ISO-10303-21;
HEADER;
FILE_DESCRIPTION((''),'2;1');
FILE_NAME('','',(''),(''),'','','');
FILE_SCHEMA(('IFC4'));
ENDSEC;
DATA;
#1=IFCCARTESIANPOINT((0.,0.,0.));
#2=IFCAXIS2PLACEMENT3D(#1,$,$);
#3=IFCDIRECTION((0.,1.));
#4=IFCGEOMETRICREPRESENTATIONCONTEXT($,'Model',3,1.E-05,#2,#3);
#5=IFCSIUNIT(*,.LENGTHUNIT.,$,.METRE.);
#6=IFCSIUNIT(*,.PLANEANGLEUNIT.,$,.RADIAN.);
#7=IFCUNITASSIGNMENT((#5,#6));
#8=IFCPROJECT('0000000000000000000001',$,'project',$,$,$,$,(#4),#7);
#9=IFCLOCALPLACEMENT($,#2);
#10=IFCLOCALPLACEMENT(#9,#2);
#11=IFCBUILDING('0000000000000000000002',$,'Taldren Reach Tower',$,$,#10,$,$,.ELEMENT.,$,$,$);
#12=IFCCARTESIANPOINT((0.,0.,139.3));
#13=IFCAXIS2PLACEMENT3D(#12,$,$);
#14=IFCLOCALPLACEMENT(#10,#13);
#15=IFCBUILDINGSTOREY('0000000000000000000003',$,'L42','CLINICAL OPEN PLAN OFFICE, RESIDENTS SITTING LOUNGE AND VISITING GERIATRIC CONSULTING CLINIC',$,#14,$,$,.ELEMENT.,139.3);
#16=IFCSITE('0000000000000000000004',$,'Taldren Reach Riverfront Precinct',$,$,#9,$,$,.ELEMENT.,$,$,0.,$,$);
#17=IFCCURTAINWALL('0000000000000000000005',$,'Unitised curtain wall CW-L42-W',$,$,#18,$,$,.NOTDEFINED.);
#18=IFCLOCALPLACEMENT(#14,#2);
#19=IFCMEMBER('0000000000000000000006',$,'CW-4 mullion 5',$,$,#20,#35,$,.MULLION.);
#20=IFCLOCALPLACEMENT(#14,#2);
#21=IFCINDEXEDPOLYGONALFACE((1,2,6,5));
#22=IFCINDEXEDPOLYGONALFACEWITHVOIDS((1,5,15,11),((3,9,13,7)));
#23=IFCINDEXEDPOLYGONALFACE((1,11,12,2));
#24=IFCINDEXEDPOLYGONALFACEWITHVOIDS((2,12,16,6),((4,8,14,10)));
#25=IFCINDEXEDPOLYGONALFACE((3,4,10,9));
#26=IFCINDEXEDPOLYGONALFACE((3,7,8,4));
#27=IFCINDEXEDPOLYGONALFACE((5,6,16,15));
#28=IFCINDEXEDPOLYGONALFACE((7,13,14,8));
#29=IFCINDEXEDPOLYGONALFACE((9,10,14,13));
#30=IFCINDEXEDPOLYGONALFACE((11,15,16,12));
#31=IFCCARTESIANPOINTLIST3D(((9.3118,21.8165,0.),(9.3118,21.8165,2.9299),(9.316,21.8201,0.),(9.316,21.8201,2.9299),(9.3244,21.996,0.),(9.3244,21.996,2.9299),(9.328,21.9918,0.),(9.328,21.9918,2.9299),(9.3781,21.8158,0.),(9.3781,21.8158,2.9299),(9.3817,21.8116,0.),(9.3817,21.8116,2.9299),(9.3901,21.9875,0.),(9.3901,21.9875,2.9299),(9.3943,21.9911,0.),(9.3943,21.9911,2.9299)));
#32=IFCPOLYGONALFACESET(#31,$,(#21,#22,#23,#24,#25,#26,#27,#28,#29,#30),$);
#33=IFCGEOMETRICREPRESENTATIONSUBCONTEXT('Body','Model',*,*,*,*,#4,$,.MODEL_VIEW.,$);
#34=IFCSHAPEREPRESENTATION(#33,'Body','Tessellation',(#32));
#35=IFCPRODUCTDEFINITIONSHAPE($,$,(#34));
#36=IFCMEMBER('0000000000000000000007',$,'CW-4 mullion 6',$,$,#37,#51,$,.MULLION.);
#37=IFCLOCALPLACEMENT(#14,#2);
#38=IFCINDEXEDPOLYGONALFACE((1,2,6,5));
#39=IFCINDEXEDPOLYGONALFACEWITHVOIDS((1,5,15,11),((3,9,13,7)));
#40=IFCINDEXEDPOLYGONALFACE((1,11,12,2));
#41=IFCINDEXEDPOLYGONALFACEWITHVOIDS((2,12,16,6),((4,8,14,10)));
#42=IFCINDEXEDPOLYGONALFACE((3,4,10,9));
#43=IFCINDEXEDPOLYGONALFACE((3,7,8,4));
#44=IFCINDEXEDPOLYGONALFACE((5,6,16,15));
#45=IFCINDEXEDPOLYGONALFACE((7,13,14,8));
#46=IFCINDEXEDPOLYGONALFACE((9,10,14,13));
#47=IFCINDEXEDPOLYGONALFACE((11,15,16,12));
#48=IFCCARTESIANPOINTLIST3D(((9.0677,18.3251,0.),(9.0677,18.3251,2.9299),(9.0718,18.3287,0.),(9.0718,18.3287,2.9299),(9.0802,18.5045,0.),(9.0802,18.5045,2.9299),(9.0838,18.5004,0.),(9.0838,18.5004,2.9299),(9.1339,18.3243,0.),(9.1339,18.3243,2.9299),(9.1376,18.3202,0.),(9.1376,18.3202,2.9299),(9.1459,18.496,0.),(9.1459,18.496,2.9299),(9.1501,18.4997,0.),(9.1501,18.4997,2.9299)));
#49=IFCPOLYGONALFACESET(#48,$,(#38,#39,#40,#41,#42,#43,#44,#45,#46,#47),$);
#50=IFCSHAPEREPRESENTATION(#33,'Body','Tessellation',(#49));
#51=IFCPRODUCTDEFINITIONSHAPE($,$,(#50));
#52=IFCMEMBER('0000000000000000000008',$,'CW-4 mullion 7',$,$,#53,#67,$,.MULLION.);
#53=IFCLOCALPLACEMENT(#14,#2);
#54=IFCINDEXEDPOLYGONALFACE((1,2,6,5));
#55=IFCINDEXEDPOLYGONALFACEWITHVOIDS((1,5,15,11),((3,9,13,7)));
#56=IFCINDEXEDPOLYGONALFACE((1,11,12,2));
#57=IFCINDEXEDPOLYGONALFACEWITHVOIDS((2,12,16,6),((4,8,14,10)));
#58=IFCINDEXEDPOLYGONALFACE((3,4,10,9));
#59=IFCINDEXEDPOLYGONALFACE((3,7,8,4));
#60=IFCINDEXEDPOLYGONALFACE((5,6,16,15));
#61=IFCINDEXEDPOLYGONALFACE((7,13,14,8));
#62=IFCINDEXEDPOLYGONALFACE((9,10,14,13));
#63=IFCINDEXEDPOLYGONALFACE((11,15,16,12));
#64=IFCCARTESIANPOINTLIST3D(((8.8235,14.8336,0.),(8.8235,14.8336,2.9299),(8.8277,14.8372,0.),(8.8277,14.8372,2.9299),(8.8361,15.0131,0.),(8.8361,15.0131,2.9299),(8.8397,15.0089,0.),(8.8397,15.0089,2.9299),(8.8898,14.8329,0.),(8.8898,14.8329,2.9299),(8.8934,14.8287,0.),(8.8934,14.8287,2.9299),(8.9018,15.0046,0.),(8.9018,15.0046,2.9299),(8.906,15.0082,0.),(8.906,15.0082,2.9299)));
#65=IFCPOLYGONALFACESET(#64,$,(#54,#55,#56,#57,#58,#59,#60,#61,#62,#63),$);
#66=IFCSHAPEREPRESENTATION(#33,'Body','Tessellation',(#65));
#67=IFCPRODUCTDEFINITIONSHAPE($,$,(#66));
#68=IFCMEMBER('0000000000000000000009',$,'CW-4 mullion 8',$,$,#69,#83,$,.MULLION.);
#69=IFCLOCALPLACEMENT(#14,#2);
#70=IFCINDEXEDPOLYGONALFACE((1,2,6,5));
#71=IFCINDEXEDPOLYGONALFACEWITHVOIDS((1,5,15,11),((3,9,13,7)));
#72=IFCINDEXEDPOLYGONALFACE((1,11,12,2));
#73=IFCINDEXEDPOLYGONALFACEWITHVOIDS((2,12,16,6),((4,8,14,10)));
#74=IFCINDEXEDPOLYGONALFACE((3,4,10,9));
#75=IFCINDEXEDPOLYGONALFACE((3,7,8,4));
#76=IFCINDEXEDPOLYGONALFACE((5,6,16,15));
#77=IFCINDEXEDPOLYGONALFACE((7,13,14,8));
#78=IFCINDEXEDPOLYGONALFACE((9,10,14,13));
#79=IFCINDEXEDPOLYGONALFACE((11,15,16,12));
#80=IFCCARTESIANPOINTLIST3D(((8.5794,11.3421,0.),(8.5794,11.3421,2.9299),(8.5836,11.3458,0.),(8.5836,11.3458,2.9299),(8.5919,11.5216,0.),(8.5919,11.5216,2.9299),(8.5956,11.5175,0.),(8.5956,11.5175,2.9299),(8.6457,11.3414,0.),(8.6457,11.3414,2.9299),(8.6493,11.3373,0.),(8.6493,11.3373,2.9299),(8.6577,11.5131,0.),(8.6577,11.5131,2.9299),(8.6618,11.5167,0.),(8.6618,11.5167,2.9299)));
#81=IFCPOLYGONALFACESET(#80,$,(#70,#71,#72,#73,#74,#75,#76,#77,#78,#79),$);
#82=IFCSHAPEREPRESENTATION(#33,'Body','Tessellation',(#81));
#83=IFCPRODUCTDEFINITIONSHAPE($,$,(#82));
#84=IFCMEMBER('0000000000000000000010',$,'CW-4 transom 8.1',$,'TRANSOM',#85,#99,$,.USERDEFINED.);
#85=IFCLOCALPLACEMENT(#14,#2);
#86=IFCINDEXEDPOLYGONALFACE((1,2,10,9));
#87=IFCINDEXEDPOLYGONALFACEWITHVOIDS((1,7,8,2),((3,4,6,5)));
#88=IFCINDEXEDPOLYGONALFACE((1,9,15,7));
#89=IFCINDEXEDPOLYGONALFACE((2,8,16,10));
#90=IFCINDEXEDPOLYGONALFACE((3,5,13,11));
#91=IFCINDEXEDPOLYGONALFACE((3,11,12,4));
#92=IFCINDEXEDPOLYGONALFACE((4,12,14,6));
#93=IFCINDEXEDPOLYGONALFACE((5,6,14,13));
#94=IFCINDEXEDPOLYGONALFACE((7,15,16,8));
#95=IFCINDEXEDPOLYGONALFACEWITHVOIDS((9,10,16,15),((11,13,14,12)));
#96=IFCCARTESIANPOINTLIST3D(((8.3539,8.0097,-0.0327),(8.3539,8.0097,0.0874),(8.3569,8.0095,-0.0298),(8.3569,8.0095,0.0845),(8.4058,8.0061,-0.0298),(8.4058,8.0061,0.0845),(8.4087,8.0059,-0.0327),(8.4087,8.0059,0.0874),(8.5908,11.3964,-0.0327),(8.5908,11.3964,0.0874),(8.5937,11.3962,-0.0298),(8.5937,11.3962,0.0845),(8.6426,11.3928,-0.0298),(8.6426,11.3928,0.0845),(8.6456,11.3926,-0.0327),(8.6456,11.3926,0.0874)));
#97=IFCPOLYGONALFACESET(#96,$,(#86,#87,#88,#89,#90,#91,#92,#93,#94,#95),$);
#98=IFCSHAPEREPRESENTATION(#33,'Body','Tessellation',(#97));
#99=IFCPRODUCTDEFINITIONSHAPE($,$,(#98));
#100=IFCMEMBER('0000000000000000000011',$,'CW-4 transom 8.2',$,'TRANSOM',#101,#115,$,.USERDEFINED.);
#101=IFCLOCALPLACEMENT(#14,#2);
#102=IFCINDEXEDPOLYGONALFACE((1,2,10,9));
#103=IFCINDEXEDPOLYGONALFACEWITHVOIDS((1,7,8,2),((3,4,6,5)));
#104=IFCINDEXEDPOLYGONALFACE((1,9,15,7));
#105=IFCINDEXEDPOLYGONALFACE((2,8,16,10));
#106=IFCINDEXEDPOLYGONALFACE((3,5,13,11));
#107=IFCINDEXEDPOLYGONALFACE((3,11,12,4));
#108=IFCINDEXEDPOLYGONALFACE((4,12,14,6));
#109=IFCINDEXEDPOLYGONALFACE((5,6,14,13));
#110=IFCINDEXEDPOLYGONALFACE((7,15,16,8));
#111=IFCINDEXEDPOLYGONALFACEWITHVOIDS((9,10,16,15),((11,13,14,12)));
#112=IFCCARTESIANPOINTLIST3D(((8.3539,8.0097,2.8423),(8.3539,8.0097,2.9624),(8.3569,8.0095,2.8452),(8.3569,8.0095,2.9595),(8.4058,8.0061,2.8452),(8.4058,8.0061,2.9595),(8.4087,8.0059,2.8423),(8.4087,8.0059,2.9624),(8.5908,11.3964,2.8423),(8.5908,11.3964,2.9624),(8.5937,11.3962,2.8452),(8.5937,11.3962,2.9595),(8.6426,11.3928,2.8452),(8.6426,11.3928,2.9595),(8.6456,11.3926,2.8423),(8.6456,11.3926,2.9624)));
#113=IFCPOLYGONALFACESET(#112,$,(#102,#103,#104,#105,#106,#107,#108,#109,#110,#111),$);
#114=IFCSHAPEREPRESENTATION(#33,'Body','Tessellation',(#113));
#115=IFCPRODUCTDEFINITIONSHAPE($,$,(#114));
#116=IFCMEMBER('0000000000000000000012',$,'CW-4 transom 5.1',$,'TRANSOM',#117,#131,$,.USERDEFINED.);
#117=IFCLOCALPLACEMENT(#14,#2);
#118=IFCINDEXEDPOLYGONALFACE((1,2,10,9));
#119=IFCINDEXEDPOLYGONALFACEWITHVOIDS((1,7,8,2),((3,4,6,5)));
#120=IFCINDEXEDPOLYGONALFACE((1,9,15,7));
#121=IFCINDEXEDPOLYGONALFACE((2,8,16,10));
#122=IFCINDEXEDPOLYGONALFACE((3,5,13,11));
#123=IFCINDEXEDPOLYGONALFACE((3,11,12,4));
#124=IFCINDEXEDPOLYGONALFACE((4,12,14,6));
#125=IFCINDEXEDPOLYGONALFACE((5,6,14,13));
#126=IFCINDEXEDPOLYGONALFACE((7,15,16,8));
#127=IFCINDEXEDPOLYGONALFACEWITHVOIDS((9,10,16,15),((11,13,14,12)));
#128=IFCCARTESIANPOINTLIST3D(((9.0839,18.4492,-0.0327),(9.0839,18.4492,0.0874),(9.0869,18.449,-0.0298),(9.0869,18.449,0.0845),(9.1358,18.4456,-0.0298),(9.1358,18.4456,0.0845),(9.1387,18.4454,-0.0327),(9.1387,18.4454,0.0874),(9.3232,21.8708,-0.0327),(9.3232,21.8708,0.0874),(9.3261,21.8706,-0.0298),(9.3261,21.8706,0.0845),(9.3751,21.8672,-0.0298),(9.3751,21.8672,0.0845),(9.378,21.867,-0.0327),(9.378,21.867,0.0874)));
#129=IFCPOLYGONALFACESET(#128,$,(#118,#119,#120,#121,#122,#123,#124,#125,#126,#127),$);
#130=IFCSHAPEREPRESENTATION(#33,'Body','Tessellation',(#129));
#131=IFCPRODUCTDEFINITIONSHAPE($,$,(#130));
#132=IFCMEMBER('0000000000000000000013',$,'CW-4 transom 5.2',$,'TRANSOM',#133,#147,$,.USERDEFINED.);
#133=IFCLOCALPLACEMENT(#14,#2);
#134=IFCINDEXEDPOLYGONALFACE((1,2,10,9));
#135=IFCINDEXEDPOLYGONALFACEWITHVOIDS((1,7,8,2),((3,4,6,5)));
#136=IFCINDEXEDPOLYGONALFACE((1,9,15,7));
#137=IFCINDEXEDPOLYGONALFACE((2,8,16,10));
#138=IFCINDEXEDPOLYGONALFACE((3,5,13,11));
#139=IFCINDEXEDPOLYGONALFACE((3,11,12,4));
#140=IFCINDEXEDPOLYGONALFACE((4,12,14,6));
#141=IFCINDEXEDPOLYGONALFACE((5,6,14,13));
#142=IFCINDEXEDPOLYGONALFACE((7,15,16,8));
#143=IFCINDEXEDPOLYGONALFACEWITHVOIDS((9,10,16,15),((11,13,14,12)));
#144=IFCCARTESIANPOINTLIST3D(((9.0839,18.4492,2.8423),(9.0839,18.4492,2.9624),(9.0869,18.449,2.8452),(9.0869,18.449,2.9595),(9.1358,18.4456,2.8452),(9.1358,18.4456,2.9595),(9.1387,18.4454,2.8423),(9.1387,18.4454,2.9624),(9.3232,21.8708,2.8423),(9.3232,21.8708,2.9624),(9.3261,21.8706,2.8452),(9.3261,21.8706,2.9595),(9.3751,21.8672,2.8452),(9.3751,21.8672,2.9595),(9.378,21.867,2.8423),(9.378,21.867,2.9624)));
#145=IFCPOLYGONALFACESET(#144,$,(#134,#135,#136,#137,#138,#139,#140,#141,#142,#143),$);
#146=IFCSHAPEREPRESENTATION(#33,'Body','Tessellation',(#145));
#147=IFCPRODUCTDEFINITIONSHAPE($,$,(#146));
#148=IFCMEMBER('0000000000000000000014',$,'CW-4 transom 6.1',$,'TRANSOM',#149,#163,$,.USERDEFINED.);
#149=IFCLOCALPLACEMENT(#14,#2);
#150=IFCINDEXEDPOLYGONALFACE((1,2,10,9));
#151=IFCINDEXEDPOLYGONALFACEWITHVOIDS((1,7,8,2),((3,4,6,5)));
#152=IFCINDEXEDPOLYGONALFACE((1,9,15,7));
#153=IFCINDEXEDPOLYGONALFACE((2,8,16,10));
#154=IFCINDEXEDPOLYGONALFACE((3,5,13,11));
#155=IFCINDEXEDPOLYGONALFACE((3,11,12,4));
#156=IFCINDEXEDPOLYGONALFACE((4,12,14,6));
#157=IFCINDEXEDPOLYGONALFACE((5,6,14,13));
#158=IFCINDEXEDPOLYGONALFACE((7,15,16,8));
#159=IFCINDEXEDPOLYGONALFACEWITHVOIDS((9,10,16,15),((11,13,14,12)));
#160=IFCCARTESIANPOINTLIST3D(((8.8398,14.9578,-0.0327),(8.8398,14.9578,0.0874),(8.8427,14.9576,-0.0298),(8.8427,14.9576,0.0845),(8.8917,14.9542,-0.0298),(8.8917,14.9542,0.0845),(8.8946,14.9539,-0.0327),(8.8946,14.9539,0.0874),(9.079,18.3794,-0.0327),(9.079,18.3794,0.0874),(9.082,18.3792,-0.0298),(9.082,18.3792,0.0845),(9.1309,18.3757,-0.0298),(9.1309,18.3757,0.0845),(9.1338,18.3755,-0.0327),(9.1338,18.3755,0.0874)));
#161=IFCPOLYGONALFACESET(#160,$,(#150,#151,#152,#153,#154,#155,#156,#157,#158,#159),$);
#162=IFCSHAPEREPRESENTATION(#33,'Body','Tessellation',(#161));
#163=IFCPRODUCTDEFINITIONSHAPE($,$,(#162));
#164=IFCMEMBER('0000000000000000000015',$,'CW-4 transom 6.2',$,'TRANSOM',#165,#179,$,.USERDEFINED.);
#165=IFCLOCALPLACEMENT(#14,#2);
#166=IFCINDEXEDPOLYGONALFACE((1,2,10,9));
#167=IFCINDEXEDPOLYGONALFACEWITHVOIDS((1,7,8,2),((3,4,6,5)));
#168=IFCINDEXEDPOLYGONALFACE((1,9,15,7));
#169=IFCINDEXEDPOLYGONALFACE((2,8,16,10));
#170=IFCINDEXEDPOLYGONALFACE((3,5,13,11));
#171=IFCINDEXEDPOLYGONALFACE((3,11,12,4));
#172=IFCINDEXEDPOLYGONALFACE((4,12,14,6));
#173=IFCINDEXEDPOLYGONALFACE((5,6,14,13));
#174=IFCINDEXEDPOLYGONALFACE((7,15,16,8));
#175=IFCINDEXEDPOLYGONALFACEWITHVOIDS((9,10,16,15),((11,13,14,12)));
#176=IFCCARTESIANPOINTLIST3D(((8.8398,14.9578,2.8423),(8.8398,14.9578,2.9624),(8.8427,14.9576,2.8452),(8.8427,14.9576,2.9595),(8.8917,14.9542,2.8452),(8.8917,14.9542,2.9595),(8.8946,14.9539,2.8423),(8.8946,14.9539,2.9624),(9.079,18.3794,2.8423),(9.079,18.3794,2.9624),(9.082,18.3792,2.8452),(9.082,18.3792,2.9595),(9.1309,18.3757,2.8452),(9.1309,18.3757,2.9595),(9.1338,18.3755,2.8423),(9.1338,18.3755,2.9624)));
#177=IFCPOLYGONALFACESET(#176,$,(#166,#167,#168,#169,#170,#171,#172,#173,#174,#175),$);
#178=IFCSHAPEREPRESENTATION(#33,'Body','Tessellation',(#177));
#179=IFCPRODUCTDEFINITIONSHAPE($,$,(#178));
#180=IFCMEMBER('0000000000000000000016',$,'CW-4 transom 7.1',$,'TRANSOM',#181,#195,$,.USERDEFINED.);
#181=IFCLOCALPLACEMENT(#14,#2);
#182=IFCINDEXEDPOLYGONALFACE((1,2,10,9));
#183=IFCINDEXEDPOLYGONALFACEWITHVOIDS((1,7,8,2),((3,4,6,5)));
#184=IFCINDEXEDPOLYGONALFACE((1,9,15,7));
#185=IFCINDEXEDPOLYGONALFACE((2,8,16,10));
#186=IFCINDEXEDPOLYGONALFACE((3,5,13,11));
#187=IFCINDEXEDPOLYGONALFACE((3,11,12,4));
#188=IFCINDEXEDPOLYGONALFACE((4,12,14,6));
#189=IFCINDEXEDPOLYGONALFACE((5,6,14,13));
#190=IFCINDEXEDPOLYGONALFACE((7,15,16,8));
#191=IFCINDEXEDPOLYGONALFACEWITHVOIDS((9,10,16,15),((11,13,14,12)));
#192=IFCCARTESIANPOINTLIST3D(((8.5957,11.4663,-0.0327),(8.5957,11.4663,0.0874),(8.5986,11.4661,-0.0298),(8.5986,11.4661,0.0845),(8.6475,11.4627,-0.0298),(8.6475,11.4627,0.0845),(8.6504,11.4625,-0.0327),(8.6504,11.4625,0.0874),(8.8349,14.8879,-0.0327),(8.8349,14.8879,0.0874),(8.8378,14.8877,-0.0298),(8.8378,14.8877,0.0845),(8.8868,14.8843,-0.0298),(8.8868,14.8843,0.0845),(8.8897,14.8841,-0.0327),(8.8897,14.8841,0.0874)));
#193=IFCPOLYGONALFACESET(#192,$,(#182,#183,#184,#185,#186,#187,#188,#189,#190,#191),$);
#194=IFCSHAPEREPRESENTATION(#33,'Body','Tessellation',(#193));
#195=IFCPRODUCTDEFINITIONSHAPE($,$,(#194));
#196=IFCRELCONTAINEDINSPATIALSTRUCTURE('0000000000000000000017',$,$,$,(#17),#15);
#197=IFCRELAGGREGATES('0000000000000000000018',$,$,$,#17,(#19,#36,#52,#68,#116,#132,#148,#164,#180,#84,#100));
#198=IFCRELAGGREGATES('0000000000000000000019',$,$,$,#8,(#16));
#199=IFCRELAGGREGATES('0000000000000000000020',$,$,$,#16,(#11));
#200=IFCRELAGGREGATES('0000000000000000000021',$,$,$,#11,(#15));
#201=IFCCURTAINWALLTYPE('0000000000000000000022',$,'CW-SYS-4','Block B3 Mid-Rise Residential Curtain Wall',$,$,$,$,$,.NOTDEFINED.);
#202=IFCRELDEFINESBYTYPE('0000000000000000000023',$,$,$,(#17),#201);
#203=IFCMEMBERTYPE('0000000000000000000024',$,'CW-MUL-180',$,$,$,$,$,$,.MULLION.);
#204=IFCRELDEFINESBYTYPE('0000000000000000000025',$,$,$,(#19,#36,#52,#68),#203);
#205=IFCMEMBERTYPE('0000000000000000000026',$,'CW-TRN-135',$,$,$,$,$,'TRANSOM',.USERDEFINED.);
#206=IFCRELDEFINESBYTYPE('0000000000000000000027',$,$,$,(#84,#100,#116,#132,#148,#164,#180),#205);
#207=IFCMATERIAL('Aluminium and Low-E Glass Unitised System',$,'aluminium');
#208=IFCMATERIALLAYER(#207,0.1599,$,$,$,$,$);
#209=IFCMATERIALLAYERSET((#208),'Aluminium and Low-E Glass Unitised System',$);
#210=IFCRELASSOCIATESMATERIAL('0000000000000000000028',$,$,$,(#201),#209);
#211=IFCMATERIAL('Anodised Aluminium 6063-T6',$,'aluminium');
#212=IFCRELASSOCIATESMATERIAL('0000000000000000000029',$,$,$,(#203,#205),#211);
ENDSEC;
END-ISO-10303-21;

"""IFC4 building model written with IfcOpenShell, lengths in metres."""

from ifc_helpers import new_model, si_unit, direction, frame, origin, origin_2d, place, context, subcontext, project, spatial, hollow_rectangle, extrude, source, transform, mapped, material, layer, layer_set, material_profile, profile_set, type_object, element, aggregate, save


model = new_model("IFC4")

# Units and contexts
model_context = context("Model", 3, precision=1e-05, world=origin(), true_north=direction((0.0, 1.0)))
body_context = subcontext(model_context, "Body", "Model", "MODEL_VIEW")
ifc_project = project(units=[si_unit("LENGTHUNIT", "METRE"), si_unit("PLANEANGLEUNIT", "RADIAN")], contexts=[model_context])

# Site, building, storey
site_placement = place(None, origin())
site = spatial("IfcSite", under=ifc_project, at=site_placement, Name="Taldren Reach Riverfront Precinct", CompositionType="ELEMENT", RefElevation=0.0)
building_placement = place(site_placement, origin())
building = spatial("IfcBuilding", under=site, at=building_placement, Name="Taldren Reach Tower", CompositionType="ELEMENT")
storey_placement = place(building_placement, frame((0.0, 0.0, 139.3)))
storey = spatial("IfcBuildingStorey", under=building, at=storey_placement, Name="L42", Description="CLINICAL OPEN PLAN OFFICE, RESIDENTS SITTING LOUNGE AND VISITING GERIATRIC CONSULTING CLINIC", CompositionType="ELEMENT", Elevation=139.3)

# Curtain wall, members
ifc_material_1 = material(Name="Aluminium and Low-E Glass Unitised System", Category="aluminium")
ifc_layer_1 = layer(ifc_material_1, 0.1599)
ifc_layer_set_1 = layer_set([ifc_layer_1], Name="Aluminium and Low-E Glass Unitised System")
curtain_wall_type = type_object("IfcCurtainWallType", Name="CW-SYS-4", Description="Block B3 Mid-Rise Residential Curtain Wall", PredefinedType="NOTDEFINED", material=ifc_layer_set_1)
curtain_wall_placement = place(storey_placement, origin())
curtain_wall = element("IfcCurtainWall", 1, at=curtain_wall_placement, inside=storey, type_object=curtain_wall_type, Name="Unitised curtain wall CW-L42-W", PredefinedType="NOTDEFINED")
ifc_material_2 = material(Name="Anodised Aluminium 6063-T6", Category="aluminium")
ifc_material_profile_1 = material_profile(ifc_material_2, hollow_rectangle(XDim=0.0701, YDim=0.1799, WallThickness=0.0039, at=origin_2d()), Name="ALU-180x70x4RHS")
ifc_profile_set_1 = profile_set([ifc_material_profile_1], Name="Anodised Aluminium 6063-T6")
member_type_1 = type_object("IfcMemberType", Name="CW-MUL-180", PredefinedType="MULLION", material=ifc_profile_set_1)
shared_shape_1 = source(origin(), body_context, "Body", "SweptSolid", [
    extrude(hollow_rectangle(XDim=0.0701, YDim=0.1799, WallThickness=0.0039, at=origin_2d()), origin(), (0.0, 0.0, 1.0), 2.9299),
])
member_1_placement = place(storey_placement, frame((9.353, 21.9038, 0.0), z_axis=(0.0, 0.0, 1.0), x_axis=(0.997564, -0.069756, 0.0)))
member_1 = element("IfcMember", 2, at=member_1_placement, type_object=member_type_1, Name="CW-4 mullion 5", PredefinedType="MULLION", context=body_context, shape_type="MappedRepresentation", body=[
    mapped(shared_shape_1, transform((0.0, 0.0, 0.0), scale=1.0)),
])
member_2_placement = place(storey_placement, frame((9.1089, 18.4124, 0.0), z_axis=(0.0, 0.0, 1.0), x_axis=(0.997564, -0.069756, 0.0)))
member_2 = element("IfcMember", 3, at=member_2_placement, type_object=member_type_1, Name="CW-4 mullion 6", PredefinedType="MULLION", context=body_context, shape_type="MappedRepresentation", body=[
    mapped(shared_shape_1, transform((0.0, 0.0, 0.0), scale=1.0)),
])
member_3_placement = place(storey_placement, frame((8.8647, 14.9209, 0.0), z_axis=(0.0, 0.0, 1.0), x_axis=(0.997564, -0.069756, 0.0)))
member_3 = element("IfcMember", 4, at=member_3_placement, type_object=member_type_1, Name="CW-4 mullion 7", PredefinedType="MULLION", context=body_context, shape_type="MappedRepresentation", body=[
    mapped(shared_shape_1, transform((0.0, 0.0, 0.0), scale=1.0)),
])
member_4_placement = place(storey_placement, frame((8.6206, 11.4294, 0.0), z_axis=(0.0, 0.0, 1.0), x_axis=(0.997564, -0.069756, 0.0)))
member_4 = element("IfcMember", 5, at=member_4_placement, type_object=member_type_1, Name="CW-4 mullion 8", PredefinedType="MULLION", context=body_context, shape_type="MappedRepresentation", body=[
    mapped(shared_shape_1, transform((0.0, 0.0, 0.0), scale=1.0)),
])
ifc_material_profile_2 = material_profile(ifc_material_2, hollow_rectangle(XDim=0.0549, YDim=0.1201, WallThickness=0.0029, at=origin_2d()), Name="ALU-120x55x3RHS")
ifc_profile_set_2 = profile_set([ifc_material_profile_2], Name="Anodised Aluminium 6063-T6")
member_type_2 = type_object("IfcMemberType", Name="CW-TRN-135", ElementType="TRANSOM", PredefinedType="USERDEFINED", material=ifc_profile_set_2)
shared_shape_2 = source(origin(), body_context, "Body", "SweptSolid", [
    extrude(hollow_rectangle(XDim=0.0549, YDim=0.1201, WallThickness=0.0029, at=origin_2d()), origin(), (0.0, 0.0, 1.0), 3.395),
])
member_5_placement = place(storey_placement, frame((8.6182, 11.3945, 0.0273), z_axis=(-0.069755, -0.997564, 0.0), x_axis=(0.997564, -0.069755, 0.0)))
member_5 = element("IfcMember", 6, at=member_5_placement, type_object=member_type_2, Name="CW-4 transom 8.1", ObjectType="TRANSOM", PredefinedType="USERDEFINED", context=body_context, shape_type="MappedRepresentation", body=[
    mapped(shared_shape_2, transform((0.0, 0.0, 0.0), scale=1.0)),
])
member_6_placement = place(storey_placement, frame((8.6182, 11.3945, 2.9023), z_axis=(-0.069755, -0.997564, 0.0), x_axis=(0.997564, -0.069755, 0.0)))
member_6 = element("IfcMember", 7, at=member_6_placement, type_object=member_type_2, Name="CW-4 transom 8.2", ObjectType="TRANSOM", PredefinedType="USERDEFINED", context=body_context, shape_type="MappedRepresentation", body=[
    mapped(shared_shape_2, transform((0.0, 0.0, 0.0), scale=1.0)),
])
shared_shape_3 = source(origin(), body_context, "Body", "SweptSolid", [
    extrude(hollow_rectangle(XDim=0.0549, YDim=0.1201, WallThickness=0.0029, at=origin_2d()), origin(), (0.0, 0.0, 1.0), 3.4299),
])
member_7_placement = place(storey_placement, frame((9.3506, 21.8689, 0.0273), z_axis=(-0.069755, -0.997564, 0.0), x_axis=(0.997564, -0.069755, 0.0)))
member_7 = element("IfcMember", 8, at=member_7_placement, type_object=member_type_2, Name="CW-4 transom 5.1", ObjectType="TRANSOM", PredefinedType="USERDEFINED", context=body_context, shape_type="MappedRepresentation", body=[
    mapped(shared_shape_3, transform((0.0, 0.0, 0.0), scale=1.0)),
])
member_8_placement = place(storey_placement, frame((9.3506, 21.8689, 2.9023), z_axis=(-0.069755, -0.997564, 0.0), x_axis=(0.997564, -0.069755, 0.0)))
member_8 = element("IfcMember", 9, at=member_8_placement, type_object=member_type_2, Name="CW-4 transom 5.2", ObjectType="TRANSOM", PredefinedType="USERDEFINED", context=body_context, shape_type="MappedRepresentation", body=[
    mapped(shared_shape_3, transform((0.0, 0.0, 0.0), scale=1.0)),
])
member_9_placement = place(storey_placement, frame((9.1064, 18.3774, 0.0273), z_axis=(-0.069755, -0.997564, 0.0), x_axis=(0.997564, -0.069755, 0.0)))
member_9 = element("IfcMember", 10, at=member_9_placement, type_object=member_type_2, Name="CW-4 transom 6.1", ObjectType="TRANSOM", PredefinedType="USERDEFINED", context=body_context, shape_type="MappedRepresentation", body=[
    mapped(shared_shape_3, transform((0.0, 0.0, 0.0), scale=1.0)),
])
member_10_placement = place(storey_placement, frame((9.1064, 18.3774, 2.9023), z_axis=(-0.069755, -0.997564, 0.0), x_axis=(0.997564, -0.069755, 0.0)))
member_10 = element("IfcMember", 11, at=member_10_placement, type_object=member_type_2, Name="CW-4 transom 6.2", ObjectType="TRANSOM", PredefinedType="USERDEFINED", context=body_context, shape_type="MappedRepresentation", body=[
    mapped(shared_shape_3, transform((0.0, 0.0, 0.0), scale=1.0)),
])
member_11_placement = place(storey_placement, frame((8.8623, 14.886, 0.0273), z_axis=(-0.069755, -0.997564, 0.0), x_axis=(0.997564, -0.069755, 0.0)))
member_11 = element("IfcMember", 12, at=member_11_placement, type_object=member_type_2, Name="CW-4 transom 7.1", ObjectType="TRANSOM", PredefinedType="USERDEFINED", context=body_context, shape_type="MappedRepresentation", body=[
    mapped(shared_shape_3, transform((0.0, 0.0, 0.0), scale=1.0)),
])

aggregate(curtain_wall, [member_1, member_2, member_3, member_4, member_7, member_8, member_9, member_10, member_11, member_5, member_6])

save(model, "model.ifc")
